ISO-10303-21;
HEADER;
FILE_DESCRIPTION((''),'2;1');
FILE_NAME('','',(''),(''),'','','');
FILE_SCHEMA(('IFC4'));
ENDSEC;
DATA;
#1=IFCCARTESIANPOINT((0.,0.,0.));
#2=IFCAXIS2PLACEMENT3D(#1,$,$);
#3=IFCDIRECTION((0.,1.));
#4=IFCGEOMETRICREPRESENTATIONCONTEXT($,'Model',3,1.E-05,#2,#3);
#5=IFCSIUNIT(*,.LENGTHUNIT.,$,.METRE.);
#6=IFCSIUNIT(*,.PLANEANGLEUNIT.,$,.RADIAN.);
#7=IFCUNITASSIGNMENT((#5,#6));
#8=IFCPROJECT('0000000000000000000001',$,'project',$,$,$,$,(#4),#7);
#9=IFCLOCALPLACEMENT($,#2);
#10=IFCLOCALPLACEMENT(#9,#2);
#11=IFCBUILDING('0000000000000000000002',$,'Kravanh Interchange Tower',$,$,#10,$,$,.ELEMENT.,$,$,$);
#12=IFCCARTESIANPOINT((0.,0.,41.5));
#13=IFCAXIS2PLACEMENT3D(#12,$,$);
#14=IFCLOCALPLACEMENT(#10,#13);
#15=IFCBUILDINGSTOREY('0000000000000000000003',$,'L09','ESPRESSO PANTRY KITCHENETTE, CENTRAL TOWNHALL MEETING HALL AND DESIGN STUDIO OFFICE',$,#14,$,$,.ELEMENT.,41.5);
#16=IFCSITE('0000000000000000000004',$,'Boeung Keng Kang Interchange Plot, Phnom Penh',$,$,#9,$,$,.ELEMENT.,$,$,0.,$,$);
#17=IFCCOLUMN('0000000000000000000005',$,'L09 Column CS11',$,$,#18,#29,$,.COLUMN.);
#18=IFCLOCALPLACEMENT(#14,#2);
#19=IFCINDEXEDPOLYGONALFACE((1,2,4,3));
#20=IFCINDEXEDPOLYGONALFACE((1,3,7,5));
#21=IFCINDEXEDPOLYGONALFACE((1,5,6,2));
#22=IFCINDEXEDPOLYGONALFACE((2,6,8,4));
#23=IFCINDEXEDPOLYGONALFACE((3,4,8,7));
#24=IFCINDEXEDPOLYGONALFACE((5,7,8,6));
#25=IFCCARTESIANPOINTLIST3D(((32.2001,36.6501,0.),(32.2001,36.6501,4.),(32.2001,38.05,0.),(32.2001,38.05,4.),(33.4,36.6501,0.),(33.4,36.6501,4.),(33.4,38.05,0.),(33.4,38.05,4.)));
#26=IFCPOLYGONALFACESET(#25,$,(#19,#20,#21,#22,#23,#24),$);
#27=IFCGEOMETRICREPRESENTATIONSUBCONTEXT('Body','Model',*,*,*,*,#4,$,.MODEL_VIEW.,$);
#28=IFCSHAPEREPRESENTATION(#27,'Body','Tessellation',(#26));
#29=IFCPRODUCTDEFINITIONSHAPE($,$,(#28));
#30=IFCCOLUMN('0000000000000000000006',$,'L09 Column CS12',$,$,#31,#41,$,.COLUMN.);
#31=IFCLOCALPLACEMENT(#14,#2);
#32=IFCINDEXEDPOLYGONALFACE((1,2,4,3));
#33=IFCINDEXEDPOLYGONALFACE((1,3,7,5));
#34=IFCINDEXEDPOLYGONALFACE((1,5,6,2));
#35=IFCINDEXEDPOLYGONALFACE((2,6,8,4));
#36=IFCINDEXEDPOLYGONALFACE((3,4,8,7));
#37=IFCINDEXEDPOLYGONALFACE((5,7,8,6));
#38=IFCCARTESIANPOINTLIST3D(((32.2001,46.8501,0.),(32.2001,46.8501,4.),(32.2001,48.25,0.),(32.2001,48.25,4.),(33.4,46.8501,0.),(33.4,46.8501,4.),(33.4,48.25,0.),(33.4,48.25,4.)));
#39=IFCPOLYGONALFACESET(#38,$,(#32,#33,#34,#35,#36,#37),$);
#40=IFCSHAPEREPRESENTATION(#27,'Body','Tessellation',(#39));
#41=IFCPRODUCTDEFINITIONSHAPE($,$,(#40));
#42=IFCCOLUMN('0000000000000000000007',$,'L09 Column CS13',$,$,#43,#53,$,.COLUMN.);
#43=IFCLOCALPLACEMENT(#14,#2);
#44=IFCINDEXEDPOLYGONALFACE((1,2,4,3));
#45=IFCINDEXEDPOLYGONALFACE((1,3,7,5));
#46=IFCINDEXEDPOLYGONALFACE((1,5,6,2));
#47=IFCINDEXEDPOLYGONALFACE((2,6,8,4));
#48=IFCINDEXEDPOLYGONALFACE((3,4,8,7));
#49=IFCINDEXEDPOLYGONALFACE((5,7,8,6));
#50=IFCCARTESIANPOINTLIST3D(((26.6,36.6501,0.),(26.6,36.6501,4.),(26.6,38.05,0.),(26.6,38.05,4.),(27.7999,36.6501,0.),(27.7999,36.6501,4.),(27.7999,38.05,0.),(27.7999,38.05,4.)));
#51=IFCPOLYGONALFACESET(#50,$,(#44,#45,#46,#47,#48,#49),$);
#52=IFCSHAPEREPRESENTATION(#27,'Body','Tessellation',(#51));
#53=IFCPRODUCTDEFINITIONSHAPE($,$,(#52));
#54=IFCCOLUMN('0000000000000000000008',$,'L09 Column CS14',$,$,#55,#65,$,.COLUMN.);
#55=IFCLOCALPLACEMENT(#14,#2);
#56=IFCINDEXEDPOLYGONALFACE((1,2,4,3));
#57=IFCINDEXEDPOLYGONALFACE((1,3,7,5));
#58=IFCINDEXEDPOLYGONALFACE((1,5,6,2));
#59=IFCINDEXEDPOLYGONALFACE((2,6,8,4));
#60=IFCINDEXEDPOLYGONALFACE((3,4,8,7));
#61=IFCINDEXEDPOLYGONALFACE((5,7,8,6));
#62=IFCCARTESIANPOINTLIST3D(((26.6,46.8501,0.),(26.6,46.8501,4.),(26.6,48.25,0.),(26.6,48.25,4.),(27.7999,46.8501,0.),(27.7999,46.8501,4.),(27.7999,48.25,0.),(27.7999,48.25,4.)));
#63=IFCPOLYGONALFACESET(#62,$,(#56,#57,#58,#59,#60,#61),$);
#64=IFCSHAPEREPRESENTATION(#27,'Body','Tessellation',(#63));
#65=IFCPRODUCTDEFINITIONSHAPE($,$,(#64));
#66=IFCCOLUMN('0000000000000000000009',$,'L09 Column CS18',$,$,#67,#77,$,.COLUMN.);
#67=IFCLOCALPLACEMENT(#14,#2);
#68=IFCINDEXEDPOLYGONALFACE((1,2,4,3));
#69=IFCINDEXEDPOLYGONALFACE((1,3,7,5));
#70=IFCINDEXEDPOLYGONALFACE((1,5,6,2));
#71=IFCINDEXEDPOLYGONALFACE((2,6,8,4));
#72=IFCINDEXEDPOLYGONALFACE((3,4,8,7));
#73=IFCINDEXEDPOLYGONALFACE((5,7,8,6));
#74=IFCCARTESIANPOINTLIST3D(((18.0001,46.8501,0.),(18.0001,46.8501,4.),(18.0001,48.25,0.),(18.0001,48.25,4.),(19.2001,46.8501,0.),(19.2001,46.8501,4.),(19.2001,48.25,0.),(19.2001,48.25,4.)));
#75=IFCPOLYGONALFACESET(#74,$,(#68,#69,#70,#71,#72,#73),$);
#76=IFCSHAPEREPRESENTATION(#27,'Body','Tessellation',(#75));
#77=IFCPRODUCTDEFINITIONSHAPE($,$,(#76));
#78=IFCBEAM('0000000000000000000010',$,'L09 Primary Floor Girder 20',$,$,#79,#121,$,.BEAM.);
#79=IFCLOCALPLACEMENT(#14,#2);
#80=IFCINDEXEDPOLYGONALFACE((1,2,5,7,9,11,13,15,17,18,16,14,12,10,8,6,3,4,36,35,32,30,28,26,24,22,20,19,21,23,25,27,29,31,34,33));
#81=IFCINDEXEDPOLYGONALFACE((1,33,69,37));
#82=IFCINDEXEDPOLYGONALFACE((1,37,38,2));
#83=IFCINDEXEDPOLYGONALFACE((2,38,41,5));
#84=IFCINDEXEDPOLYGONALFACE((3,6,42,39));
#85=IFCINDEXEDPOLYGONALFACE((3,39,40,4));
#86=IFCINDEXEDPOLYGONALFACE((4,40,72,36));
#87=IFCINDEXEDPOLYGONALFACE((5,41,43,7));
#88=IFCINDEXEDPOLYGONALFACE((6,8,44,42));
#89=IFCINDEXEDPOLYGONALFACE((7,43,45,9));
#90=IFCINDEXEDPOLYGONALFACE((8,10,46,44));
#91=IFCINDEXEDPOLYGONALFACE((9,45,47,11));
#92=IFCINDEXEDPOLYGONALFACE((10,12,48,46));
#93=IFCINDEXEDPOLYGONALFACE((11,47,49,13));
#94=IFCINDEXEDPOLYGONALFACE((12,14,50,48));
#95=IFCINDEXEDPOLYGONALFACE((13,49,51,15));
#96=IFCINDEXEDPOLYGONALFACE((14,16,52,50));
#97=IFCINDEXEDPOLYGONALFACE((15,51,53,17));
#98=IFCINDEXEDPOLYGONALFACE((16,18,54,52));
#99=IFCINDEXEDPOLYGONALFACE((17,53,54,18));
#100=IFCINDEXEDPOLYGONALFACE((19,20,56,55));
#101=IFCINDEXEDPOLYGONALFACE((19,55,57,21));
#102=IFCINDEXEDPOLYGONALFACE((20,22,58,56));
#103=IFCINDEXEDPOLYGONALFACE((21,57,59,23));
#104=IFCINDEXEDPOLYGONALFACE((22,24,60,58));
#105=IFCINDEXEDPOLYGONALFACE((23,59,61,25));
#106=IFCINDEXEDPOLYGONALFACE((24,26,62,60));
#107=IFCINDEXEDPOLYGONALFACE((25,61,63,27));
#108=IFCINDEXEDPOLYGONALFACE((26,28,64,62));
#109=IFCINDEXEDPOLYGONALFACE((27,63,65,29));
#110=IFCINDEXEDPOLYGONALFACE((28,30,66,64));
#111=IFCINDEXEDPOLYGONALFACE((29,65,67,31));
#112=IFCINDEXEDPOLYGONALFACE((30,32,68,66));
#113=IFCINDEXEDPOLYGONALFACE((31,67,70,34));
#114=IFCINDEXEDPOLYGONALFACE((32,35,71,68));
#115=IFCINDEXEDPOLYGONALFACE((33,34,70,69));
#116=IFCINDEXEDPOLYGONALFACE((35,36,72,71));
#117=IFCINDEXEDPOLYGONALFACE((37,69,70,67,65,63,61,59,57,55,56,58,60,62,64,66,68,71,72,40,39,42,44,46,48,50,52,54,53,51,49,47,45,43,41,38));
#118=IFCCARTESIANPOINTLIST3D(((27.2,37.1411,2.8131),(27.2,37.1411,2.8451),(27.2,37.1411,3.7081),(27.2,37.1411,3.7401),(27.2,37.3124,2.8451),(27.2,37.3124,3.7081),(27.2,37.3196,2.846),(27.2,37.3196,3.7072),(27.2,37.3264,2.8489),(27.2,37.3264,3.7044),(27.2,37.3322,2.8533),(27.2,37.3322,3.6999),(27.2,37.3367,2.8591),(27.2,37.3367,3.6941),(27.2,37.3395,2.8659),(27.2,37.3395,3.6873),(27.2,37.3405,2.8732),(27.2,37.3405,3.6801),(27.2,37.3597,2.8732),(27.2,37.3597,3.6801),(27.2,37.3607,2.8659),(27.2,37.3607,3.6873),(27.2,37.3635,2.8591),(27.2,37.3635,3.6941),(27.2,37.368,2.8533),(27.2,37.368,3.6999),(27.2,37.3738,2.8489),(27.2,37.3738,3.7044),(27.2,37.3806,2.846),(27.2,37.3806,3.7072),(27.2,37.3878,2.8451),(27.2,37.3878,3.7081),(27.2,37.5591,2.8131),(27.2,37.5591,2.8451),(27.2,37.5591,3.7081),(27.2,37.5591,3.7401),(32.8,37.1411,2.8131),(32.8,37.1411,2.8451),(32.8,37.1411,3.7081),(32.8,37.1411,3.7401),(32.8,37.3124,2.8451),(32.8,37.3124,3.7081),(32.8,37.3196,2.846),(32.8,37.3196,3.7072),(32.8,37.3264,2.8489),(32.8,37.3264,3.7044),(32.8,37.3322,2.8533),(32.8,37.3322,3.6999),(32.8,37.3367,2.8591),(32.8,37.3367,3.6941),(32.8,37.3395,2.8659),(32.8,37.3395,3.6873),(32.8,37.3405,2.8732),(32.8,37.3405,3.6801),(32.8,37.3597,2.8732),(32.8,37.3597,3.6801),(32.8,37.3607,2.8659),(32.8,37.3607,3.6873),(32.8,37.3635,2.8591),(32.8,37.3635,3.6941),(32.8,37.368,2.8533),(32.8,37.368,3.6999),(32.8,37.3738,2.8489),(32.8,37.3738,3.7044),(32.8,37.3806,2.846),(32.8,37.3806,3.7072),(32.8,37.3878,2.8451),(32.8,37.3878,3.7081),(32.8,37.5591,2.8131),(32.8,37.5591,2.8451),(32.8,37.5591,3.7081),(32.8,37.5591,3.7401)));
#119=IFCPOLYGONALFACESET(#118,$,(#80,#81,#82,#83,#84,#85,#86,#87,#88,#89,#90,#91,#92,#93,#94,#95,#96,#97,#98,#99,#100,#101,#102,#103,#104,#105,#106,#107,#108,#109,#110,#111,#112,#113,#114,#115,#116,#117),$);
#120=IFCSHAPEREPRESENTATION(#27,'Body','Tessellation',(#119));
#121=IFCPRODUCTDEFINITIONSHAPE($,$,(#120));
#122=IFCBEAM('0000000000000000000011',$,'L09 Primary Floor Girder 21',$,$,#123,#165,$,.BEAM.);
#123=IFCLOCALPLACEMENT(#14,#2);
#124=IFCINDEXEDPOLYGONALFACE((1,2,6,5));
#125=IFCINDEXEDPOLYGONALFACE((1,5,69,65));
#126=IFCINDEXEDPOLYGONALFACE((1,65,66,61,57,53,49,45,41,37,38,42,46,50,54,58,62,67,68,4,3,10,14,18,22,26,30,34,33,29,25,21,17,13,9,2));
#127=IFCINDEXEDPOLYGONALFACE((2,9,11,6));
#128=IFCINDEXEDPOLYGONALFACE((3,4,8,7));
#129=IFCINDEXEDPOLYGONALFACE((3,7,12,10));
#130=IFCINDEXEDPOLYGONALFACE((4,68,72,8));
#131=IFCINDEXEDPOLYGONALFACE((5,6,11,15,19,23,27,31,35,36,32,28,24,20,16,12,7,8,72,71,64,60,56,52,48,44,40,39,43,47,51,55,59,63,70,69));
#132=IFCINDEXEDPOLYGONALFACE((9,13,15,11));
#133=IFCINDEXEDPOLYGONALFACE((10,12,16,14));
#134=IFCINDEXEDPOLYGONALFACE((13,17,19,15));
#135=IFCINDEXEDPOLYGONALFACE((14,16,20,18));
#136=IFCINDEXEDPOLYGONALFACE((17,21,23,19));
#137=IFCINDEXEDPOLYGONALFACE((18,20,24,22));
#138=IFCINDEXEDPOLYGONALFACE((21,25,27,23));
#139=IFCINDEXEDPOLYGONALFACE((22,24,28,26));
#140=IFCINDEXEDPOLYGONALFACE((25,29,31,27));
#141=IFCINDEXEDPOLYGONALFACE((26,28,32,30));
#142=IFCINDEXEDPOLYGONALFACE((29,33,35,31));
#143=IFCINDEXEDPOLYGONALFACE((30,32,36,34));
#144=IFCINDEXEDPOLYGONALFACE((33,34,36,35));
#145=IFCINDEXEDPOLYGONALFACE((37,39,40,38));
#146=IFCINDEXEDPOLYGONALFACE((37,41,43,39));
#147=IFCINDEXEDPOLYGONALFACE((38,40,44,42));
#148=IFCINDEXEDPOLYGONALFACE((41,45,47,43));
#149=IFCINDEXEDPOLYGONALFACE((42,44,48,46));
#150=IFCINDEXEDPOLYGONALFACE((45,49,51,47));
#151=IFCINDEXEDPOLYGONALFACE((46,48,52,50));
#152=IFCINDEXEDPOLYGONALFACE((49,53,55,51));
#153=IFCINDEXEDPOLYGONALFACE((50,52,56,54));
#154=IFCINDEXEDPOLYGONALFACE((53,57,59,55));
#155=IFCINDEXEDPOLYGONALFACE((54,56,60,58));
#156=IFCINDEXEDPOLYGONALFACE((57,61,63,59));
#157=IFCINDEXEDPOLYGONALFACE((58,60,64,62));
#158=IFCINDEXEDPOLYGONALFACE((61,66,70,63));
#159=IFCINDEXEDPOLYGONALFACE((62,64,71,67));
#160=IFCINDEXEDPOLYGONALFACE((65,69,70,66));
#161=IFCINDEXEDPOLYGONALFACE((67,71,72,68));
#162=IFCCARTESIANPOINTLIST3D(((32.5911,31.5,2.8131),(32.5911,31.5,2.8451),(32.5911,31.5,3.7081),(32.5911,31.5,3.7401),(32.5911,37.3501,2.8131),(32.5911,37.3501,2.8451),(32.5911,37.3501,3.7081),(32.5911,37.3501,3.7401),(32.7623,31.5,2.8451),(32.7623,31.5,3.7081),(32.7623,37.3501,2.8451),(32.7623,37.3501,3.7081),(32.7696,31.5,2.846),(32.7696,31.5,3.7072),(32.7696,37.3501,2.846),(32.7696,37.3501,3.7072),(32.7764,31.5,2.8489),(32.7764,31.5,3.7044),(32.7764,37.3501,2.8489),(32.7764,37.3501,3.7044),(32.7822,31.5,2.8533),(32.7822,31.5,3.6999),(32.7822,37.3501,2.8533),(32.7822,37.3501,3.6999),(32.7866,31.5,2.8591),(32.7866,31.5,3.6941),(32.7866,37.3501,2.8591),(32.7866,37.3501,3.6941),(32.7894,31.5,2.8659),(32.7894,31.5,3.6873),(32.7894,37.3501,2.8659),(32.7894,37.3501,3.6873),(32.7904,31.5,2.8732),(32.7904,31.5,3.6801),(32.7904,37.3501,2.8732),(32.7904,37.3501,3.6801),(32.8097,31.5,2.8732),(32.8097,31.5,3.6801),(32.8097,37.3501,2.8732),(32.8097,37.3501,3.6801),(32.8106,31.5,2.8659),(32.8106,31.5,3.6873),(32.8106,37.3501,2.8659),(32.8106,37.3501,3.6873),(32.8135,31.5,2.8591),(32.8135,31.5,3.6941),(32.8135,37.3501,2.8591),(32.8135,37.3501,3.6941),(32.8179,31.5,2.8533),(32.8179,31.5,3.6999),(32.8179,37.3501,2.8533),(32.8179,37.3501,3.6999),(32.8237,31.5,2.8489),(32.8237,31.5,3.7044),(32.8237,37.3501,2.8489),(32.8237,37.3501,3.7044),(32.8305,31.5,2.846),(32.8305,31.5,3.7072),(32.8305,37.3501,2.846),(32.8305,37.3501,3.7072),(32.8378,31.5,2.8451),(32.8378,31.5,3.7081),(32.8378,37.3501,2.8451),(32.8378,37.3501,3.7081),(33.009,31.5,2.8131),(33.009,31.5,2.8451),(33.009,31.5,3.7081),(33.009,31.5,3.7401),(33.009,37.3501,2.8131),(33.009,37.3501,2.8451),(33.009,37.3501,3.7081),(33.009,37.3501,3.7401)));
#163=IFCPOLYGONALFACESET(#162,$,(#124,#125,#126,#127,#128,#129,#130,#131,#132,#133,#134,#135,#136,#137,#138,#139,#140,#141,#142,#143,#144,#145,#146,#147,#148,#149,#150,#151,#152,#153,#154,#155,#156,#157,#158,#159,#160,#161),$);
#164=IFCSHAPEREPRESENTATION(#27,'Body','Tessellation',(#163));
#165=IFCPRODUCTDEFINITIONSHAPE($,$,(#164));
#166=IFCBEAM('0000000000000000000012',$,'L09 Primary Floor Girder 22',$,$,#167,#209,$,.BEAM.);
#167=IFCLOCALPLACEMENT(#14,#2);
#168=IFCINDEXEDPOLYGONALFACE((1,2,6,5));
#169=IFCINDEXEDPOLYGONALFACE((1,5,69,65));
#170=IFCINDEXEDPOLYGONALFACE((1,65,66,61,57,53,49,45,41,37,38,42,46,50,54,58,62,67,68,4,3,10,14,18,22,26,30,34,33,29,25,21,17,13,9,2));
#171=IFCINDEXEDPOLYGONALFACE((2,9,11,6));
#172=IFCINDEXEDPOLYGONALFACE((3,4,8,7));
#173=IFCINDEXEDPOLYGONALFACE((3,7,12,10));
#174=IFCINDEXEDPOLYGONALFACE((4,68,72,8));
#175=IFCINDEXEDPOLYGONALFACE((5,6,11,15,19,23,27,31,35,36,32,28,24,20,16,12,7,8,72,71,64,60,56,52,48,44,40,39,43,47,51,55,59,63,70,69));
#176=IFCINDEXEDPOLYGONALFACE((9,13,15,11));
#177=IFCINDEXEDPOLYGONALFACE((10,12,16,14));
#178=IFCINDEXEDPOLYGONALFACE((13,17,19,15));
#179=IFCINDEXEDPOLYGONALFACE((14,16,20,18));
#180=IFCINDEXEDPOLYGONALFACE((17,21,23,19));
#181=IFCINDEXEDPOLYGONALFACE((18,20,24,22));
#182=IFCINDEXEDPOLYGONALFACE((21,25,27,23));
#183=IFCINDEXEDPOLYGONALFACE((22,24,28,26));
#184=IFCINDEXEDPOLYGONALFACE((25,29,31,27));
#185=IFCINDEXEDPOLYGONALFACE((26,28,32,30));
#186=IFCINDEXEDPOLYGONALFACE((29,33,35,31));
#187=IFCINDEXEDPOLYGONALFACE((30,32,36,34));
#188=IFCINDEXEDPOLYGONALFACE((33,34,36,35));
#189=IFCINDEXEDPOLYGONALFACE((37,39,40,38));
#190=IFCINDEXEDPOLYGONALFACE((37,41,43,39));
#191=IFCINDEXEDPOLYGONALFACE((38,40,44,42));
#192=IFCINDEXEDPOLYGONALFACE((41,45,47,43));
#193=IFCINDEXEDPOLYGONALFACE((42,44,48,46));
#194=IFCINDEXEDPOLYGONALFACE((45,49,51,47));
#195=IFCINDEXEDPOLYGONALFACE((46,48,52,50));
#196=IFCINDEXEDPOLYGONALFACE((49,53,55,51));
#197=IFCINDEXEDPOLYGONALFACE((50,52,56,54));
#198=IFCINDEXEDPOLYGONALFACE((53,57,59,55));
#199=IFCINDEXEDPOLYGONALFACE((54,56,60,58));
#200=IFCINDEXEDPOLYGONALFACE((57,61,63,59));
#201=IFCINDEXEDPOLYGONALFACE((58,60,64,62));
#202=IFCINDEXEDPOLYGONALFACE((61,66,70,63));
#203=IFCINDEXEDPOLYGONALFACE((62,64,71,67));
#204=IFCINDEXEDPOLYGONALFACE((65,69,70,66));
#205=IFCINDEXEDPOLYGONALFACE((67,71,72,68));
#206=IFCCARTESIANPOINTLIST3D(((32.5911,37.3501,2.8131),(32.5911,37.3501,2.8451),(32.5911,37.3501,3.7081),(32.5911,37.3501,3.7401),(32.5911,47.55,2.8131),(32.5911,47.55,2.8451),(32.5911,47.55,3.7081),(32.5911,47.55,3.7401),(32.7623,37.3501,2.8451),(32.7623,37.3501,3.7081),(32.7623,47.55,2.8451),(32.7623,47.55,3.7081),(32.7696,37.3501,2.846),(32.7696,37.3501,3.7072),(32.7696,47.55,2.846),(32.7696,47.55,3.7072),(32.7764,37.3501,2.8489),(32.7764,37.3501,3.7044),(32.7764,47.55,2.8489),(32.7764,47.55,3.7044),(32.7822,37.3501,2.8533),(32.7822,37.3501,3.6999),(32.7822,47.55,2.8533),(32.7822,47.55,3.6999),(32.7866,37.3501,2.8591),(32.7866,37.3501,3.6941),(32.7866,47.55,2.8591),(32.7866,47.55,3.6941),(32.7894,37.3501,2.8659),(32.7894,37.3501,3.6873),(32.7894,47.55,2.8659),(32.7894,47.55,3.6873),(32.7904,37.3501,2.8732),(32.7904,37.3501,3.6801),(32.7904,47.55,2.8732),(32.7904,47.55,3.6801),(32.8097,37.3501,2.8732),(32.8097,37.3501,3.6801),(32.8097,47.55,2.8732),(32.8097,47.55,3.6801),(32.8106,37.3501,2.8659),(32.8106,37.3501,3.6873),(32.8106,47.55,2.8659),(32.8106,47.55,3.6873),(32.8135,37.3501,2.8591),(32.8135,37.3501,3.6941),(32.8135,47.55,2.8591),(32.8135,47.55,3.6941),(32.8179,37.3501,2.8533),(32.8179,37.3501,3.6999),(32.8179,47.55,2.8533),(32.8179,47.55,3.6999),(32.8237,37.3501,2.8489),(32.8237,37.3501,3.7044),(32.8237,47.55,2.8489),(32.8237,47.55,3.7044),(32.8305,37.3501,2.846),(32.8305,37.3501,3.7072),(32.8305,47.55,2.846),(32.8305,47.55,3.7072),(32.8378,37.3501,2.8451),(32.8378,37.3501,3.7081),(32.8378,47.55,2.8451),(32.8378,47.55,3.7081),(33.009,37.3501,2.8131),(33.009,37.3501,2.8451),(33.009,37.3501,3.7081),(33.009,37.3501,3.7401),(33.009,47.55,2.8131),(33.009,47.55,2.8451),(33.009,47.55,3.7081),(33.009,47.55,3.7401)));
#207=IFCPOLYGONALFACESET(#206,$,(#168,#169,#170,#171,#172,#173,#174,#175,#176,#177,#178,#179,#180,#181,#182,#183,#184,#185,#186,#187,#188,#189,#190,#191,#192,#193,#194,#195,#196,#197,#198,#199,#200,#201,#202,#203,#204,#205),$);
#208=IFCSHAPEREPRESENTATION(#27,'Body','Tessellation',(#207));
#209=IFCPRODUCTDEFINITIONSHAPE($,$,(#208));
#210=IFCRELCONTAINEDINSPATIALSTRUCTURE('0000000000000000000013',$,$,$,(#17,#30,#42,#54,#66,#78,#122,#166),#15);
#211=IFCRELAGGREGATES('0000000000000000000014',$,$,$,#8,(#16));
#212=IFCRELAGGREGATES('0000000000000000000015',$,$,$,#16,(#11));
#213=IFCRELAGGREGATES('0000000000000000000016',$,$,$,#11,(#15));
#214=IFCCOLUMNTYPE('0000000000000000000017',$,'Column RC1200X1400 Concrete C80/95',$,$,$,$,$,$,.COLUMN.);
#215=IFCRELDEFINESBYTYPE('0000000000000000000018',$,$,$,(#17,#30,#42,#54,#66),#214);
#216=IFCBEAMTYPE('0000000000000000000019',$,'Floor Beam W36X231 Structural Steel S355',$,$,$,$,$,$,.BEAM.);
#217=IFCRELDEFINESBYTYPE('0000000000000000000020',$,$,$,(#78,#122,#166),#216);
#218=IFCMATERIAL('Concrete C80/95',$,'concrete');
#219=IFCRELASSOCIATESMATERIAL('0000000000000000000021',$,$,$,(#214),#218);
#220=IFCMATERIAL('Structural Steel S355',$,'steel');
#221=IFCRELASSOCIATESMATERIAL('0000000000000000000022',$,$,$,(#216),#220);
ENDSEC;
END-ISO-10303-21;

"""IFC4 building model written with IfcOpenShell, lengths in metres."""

from ifc_helpers import new_model, si_unit, direction, frame, origin, origin_2d, place, context, subcontext, project, spatial, rectangle, i_section, extrude, material, material_profile, profile_set, type_object, element, save


model = new_model("IFC4")

# Units and contexts
model_context = context("Model", 3, precision=1e-05, world=origin(), true_north=direction((0.0, 1.0)))
body_context = subcontext(model_context, "Body", "Model", "MODEL_VIEW")
ifc_project = project(units=[si_unit("LENGTHUNIT", "METRE"), si_unit("PLANEANGLEUNIT", "RADIAN")], contexts=[model_context])

# Site, building, storey
site_placement = place(None, origin())
site = spatial("IfcSite", under=ifc_project, at=site_placement, Name="Boeung Keng Kang Interchange Plot, Phnom Penh", CompositionType="ELEMENT", RefElevation=0.0)
building_placement = place(site_placement, origin())
building = spatial("IfcBuilding", under=site, at=building_placement, Name="Kravanh Interchange Tower", CompositionType="ELEMENT")
storey_placement = place(building_placement, frame((0.0, 0.0, 41.5)))
storey = spatial("IfcBuildingStorey", under=building, at=storey_placement, Name="L09", Description="ESPRESSO PANTRY KITCHENETTE, CENTRAL TOWNHALL MEETING HALL AND DESIGN STUDIO OFFICE", CompositionType="ELEMENT", Elevation=41.5)

# Columns
ifc_material_1 = material(Name="Concrete C80/95", Category="concrete")
ifc_material_profile_1 = material_profile(ifc_material_1, rectangle(XDim=1.2, YDim=1.3999, at=origin_2d()), Name="RC1200X1400")
ifc_profile_set_1 = profile_set([ifc_material_profile_1], Name="Concrete C80/95")
column_type = type_object("IfcColumnType", Name="Column RC1200X1400 Concrete C80/95", PredefinedType="COLUMN", material=ifc_profile_set_1)
for number, where, z_axis, x_axis, name in (
    (1, (32.8, 37.3501, 0.0), (0.0, 0.0, 1.0), (1.0, 0.0, 0.0), "L09 Column CS11"),
    (2, (32.8, 47.55, 0.0), (0.0, 0.0, 1.0), (1.0, 0.0, 0.0), "L09 Column CS12"),
    (3, (27.2, 37.3501, 0.0), (0.0, 0.0, 1.0), (1.0, 0.0, 0.0), "L09 Column CS13"),
    (4, (27.2, 47.55, 0.0), (0.0, 0.0, 1.0), (1.0, 0.0, 0.0), "L09 Column CS14"),
    (5, (18.6001, 47.55, 0.0), (0.0, 0.0, 1.0), (1.0, 0.0, 0.0), "L09 Column CS18"),
):
    element("IfcColumn", number, at=place(storey_placement, frame(where, z_axis=z_axis, x_axis=x_axis)), inside=storey, type_object=column_type, Name=name, PredefinedType="COLUMN", context=body_context, shape_type="SweptSolid", body=[
        extrude(rectangle(XDim=1.2, YDim=1.3999, at=origin_2d()), origin(), (0.0, 0.0, 1.0), 4.0),
    ])

# Beams
ifc_material_2 = material(Name="Structural Steel S355", Category="steel")
ifc_material_profile_2 = material_profile(ifc_material_2, i_section(OverallWidth=0.418, OverallDepth=0.927, WebThickness=0.0193, FlangeThickness=0.032, FilletRadius=0.0281, at=origin_2d()), Name="W36X231")
ifc_profile_set_2 = profile_set([ifc_material_profile_2], Name="Structural Steel S355")
beam_type = type_object("IfcBeamType", Name="Floor Beam W36X231 Structural Steel S355", PredefinedType="BEAM", material=ifc_profile_set_2)
beam_1_placement = place(storey_placement, frame((32.8, 37.3501, 3.2766), z_axis=(-1.0, 0.0, 0.0), x_axis=(0.0, -1.0, 0.0)))
element("IfcBeam", 6, at=beam_1_placement, inside=storey, type_object=beam_type, Name="L09 Primary Floor Girder 20", PredefinedType="BEAM", context=body_context, shape_type="SweptSolid", body=[
    extrude(i_section(OverallWidth=0.418, OverallDepth=0.927, WebThickness=0.0193, FlangeThickness=0.032, FilletRadius=0.0281, at=origin_2d()), origin(), (0.0, 0.0, 1.0), 5.6001),
])
beam_2_placement = place(storey_placement, frame((32.8, 37.3501, 3.2766), z_axis=(0.0, -1.0, 0.0), x_axis=(1.0, 0.0, 0.0)))
element("IfcBeam", 7, at=beam_2_placement, inside=storey, type_object=beam_type, Name="L09 Primary Floor Girder 21", PredefinedType="BEAM", context=body_context, shape_type="SweptSolid", body=[
    extrude(i_section(OverallWidth=0.418, OverallDepth=0.927, WebThickness=0.0193, FlangeThickness=0.032, FilletRadius=0.0281, at=origin_2d()), origin(), (0.0, 0.0, 1.0), 5.8501),
])
beam_3_placement = place(storey_placement, frame((32.8, 37.3501, 3.2766), z_axis=(0.0, 1.0, 0.0), x_axis=(-1.0, 0.0, 0.0)))
element("IfcBeam", 8, at=beam_3_placement, inside=storey, type_object=beam_type, Name="L09 Primary Floor Girder 22", PredefinedType="BEAM", context=body_context, shape_type="SweptSolid", body=[
    extrude(i_section(OverallWidth=0.418, OverallDepth=0.927, WebThickness=0.0193, FlangeThickness=0.032, FilletRadius=0.0281, at=origin_2d()), origin(), (0.0, 0.0, 1.0), 10.2),
])

save(model, "model.ifc")
